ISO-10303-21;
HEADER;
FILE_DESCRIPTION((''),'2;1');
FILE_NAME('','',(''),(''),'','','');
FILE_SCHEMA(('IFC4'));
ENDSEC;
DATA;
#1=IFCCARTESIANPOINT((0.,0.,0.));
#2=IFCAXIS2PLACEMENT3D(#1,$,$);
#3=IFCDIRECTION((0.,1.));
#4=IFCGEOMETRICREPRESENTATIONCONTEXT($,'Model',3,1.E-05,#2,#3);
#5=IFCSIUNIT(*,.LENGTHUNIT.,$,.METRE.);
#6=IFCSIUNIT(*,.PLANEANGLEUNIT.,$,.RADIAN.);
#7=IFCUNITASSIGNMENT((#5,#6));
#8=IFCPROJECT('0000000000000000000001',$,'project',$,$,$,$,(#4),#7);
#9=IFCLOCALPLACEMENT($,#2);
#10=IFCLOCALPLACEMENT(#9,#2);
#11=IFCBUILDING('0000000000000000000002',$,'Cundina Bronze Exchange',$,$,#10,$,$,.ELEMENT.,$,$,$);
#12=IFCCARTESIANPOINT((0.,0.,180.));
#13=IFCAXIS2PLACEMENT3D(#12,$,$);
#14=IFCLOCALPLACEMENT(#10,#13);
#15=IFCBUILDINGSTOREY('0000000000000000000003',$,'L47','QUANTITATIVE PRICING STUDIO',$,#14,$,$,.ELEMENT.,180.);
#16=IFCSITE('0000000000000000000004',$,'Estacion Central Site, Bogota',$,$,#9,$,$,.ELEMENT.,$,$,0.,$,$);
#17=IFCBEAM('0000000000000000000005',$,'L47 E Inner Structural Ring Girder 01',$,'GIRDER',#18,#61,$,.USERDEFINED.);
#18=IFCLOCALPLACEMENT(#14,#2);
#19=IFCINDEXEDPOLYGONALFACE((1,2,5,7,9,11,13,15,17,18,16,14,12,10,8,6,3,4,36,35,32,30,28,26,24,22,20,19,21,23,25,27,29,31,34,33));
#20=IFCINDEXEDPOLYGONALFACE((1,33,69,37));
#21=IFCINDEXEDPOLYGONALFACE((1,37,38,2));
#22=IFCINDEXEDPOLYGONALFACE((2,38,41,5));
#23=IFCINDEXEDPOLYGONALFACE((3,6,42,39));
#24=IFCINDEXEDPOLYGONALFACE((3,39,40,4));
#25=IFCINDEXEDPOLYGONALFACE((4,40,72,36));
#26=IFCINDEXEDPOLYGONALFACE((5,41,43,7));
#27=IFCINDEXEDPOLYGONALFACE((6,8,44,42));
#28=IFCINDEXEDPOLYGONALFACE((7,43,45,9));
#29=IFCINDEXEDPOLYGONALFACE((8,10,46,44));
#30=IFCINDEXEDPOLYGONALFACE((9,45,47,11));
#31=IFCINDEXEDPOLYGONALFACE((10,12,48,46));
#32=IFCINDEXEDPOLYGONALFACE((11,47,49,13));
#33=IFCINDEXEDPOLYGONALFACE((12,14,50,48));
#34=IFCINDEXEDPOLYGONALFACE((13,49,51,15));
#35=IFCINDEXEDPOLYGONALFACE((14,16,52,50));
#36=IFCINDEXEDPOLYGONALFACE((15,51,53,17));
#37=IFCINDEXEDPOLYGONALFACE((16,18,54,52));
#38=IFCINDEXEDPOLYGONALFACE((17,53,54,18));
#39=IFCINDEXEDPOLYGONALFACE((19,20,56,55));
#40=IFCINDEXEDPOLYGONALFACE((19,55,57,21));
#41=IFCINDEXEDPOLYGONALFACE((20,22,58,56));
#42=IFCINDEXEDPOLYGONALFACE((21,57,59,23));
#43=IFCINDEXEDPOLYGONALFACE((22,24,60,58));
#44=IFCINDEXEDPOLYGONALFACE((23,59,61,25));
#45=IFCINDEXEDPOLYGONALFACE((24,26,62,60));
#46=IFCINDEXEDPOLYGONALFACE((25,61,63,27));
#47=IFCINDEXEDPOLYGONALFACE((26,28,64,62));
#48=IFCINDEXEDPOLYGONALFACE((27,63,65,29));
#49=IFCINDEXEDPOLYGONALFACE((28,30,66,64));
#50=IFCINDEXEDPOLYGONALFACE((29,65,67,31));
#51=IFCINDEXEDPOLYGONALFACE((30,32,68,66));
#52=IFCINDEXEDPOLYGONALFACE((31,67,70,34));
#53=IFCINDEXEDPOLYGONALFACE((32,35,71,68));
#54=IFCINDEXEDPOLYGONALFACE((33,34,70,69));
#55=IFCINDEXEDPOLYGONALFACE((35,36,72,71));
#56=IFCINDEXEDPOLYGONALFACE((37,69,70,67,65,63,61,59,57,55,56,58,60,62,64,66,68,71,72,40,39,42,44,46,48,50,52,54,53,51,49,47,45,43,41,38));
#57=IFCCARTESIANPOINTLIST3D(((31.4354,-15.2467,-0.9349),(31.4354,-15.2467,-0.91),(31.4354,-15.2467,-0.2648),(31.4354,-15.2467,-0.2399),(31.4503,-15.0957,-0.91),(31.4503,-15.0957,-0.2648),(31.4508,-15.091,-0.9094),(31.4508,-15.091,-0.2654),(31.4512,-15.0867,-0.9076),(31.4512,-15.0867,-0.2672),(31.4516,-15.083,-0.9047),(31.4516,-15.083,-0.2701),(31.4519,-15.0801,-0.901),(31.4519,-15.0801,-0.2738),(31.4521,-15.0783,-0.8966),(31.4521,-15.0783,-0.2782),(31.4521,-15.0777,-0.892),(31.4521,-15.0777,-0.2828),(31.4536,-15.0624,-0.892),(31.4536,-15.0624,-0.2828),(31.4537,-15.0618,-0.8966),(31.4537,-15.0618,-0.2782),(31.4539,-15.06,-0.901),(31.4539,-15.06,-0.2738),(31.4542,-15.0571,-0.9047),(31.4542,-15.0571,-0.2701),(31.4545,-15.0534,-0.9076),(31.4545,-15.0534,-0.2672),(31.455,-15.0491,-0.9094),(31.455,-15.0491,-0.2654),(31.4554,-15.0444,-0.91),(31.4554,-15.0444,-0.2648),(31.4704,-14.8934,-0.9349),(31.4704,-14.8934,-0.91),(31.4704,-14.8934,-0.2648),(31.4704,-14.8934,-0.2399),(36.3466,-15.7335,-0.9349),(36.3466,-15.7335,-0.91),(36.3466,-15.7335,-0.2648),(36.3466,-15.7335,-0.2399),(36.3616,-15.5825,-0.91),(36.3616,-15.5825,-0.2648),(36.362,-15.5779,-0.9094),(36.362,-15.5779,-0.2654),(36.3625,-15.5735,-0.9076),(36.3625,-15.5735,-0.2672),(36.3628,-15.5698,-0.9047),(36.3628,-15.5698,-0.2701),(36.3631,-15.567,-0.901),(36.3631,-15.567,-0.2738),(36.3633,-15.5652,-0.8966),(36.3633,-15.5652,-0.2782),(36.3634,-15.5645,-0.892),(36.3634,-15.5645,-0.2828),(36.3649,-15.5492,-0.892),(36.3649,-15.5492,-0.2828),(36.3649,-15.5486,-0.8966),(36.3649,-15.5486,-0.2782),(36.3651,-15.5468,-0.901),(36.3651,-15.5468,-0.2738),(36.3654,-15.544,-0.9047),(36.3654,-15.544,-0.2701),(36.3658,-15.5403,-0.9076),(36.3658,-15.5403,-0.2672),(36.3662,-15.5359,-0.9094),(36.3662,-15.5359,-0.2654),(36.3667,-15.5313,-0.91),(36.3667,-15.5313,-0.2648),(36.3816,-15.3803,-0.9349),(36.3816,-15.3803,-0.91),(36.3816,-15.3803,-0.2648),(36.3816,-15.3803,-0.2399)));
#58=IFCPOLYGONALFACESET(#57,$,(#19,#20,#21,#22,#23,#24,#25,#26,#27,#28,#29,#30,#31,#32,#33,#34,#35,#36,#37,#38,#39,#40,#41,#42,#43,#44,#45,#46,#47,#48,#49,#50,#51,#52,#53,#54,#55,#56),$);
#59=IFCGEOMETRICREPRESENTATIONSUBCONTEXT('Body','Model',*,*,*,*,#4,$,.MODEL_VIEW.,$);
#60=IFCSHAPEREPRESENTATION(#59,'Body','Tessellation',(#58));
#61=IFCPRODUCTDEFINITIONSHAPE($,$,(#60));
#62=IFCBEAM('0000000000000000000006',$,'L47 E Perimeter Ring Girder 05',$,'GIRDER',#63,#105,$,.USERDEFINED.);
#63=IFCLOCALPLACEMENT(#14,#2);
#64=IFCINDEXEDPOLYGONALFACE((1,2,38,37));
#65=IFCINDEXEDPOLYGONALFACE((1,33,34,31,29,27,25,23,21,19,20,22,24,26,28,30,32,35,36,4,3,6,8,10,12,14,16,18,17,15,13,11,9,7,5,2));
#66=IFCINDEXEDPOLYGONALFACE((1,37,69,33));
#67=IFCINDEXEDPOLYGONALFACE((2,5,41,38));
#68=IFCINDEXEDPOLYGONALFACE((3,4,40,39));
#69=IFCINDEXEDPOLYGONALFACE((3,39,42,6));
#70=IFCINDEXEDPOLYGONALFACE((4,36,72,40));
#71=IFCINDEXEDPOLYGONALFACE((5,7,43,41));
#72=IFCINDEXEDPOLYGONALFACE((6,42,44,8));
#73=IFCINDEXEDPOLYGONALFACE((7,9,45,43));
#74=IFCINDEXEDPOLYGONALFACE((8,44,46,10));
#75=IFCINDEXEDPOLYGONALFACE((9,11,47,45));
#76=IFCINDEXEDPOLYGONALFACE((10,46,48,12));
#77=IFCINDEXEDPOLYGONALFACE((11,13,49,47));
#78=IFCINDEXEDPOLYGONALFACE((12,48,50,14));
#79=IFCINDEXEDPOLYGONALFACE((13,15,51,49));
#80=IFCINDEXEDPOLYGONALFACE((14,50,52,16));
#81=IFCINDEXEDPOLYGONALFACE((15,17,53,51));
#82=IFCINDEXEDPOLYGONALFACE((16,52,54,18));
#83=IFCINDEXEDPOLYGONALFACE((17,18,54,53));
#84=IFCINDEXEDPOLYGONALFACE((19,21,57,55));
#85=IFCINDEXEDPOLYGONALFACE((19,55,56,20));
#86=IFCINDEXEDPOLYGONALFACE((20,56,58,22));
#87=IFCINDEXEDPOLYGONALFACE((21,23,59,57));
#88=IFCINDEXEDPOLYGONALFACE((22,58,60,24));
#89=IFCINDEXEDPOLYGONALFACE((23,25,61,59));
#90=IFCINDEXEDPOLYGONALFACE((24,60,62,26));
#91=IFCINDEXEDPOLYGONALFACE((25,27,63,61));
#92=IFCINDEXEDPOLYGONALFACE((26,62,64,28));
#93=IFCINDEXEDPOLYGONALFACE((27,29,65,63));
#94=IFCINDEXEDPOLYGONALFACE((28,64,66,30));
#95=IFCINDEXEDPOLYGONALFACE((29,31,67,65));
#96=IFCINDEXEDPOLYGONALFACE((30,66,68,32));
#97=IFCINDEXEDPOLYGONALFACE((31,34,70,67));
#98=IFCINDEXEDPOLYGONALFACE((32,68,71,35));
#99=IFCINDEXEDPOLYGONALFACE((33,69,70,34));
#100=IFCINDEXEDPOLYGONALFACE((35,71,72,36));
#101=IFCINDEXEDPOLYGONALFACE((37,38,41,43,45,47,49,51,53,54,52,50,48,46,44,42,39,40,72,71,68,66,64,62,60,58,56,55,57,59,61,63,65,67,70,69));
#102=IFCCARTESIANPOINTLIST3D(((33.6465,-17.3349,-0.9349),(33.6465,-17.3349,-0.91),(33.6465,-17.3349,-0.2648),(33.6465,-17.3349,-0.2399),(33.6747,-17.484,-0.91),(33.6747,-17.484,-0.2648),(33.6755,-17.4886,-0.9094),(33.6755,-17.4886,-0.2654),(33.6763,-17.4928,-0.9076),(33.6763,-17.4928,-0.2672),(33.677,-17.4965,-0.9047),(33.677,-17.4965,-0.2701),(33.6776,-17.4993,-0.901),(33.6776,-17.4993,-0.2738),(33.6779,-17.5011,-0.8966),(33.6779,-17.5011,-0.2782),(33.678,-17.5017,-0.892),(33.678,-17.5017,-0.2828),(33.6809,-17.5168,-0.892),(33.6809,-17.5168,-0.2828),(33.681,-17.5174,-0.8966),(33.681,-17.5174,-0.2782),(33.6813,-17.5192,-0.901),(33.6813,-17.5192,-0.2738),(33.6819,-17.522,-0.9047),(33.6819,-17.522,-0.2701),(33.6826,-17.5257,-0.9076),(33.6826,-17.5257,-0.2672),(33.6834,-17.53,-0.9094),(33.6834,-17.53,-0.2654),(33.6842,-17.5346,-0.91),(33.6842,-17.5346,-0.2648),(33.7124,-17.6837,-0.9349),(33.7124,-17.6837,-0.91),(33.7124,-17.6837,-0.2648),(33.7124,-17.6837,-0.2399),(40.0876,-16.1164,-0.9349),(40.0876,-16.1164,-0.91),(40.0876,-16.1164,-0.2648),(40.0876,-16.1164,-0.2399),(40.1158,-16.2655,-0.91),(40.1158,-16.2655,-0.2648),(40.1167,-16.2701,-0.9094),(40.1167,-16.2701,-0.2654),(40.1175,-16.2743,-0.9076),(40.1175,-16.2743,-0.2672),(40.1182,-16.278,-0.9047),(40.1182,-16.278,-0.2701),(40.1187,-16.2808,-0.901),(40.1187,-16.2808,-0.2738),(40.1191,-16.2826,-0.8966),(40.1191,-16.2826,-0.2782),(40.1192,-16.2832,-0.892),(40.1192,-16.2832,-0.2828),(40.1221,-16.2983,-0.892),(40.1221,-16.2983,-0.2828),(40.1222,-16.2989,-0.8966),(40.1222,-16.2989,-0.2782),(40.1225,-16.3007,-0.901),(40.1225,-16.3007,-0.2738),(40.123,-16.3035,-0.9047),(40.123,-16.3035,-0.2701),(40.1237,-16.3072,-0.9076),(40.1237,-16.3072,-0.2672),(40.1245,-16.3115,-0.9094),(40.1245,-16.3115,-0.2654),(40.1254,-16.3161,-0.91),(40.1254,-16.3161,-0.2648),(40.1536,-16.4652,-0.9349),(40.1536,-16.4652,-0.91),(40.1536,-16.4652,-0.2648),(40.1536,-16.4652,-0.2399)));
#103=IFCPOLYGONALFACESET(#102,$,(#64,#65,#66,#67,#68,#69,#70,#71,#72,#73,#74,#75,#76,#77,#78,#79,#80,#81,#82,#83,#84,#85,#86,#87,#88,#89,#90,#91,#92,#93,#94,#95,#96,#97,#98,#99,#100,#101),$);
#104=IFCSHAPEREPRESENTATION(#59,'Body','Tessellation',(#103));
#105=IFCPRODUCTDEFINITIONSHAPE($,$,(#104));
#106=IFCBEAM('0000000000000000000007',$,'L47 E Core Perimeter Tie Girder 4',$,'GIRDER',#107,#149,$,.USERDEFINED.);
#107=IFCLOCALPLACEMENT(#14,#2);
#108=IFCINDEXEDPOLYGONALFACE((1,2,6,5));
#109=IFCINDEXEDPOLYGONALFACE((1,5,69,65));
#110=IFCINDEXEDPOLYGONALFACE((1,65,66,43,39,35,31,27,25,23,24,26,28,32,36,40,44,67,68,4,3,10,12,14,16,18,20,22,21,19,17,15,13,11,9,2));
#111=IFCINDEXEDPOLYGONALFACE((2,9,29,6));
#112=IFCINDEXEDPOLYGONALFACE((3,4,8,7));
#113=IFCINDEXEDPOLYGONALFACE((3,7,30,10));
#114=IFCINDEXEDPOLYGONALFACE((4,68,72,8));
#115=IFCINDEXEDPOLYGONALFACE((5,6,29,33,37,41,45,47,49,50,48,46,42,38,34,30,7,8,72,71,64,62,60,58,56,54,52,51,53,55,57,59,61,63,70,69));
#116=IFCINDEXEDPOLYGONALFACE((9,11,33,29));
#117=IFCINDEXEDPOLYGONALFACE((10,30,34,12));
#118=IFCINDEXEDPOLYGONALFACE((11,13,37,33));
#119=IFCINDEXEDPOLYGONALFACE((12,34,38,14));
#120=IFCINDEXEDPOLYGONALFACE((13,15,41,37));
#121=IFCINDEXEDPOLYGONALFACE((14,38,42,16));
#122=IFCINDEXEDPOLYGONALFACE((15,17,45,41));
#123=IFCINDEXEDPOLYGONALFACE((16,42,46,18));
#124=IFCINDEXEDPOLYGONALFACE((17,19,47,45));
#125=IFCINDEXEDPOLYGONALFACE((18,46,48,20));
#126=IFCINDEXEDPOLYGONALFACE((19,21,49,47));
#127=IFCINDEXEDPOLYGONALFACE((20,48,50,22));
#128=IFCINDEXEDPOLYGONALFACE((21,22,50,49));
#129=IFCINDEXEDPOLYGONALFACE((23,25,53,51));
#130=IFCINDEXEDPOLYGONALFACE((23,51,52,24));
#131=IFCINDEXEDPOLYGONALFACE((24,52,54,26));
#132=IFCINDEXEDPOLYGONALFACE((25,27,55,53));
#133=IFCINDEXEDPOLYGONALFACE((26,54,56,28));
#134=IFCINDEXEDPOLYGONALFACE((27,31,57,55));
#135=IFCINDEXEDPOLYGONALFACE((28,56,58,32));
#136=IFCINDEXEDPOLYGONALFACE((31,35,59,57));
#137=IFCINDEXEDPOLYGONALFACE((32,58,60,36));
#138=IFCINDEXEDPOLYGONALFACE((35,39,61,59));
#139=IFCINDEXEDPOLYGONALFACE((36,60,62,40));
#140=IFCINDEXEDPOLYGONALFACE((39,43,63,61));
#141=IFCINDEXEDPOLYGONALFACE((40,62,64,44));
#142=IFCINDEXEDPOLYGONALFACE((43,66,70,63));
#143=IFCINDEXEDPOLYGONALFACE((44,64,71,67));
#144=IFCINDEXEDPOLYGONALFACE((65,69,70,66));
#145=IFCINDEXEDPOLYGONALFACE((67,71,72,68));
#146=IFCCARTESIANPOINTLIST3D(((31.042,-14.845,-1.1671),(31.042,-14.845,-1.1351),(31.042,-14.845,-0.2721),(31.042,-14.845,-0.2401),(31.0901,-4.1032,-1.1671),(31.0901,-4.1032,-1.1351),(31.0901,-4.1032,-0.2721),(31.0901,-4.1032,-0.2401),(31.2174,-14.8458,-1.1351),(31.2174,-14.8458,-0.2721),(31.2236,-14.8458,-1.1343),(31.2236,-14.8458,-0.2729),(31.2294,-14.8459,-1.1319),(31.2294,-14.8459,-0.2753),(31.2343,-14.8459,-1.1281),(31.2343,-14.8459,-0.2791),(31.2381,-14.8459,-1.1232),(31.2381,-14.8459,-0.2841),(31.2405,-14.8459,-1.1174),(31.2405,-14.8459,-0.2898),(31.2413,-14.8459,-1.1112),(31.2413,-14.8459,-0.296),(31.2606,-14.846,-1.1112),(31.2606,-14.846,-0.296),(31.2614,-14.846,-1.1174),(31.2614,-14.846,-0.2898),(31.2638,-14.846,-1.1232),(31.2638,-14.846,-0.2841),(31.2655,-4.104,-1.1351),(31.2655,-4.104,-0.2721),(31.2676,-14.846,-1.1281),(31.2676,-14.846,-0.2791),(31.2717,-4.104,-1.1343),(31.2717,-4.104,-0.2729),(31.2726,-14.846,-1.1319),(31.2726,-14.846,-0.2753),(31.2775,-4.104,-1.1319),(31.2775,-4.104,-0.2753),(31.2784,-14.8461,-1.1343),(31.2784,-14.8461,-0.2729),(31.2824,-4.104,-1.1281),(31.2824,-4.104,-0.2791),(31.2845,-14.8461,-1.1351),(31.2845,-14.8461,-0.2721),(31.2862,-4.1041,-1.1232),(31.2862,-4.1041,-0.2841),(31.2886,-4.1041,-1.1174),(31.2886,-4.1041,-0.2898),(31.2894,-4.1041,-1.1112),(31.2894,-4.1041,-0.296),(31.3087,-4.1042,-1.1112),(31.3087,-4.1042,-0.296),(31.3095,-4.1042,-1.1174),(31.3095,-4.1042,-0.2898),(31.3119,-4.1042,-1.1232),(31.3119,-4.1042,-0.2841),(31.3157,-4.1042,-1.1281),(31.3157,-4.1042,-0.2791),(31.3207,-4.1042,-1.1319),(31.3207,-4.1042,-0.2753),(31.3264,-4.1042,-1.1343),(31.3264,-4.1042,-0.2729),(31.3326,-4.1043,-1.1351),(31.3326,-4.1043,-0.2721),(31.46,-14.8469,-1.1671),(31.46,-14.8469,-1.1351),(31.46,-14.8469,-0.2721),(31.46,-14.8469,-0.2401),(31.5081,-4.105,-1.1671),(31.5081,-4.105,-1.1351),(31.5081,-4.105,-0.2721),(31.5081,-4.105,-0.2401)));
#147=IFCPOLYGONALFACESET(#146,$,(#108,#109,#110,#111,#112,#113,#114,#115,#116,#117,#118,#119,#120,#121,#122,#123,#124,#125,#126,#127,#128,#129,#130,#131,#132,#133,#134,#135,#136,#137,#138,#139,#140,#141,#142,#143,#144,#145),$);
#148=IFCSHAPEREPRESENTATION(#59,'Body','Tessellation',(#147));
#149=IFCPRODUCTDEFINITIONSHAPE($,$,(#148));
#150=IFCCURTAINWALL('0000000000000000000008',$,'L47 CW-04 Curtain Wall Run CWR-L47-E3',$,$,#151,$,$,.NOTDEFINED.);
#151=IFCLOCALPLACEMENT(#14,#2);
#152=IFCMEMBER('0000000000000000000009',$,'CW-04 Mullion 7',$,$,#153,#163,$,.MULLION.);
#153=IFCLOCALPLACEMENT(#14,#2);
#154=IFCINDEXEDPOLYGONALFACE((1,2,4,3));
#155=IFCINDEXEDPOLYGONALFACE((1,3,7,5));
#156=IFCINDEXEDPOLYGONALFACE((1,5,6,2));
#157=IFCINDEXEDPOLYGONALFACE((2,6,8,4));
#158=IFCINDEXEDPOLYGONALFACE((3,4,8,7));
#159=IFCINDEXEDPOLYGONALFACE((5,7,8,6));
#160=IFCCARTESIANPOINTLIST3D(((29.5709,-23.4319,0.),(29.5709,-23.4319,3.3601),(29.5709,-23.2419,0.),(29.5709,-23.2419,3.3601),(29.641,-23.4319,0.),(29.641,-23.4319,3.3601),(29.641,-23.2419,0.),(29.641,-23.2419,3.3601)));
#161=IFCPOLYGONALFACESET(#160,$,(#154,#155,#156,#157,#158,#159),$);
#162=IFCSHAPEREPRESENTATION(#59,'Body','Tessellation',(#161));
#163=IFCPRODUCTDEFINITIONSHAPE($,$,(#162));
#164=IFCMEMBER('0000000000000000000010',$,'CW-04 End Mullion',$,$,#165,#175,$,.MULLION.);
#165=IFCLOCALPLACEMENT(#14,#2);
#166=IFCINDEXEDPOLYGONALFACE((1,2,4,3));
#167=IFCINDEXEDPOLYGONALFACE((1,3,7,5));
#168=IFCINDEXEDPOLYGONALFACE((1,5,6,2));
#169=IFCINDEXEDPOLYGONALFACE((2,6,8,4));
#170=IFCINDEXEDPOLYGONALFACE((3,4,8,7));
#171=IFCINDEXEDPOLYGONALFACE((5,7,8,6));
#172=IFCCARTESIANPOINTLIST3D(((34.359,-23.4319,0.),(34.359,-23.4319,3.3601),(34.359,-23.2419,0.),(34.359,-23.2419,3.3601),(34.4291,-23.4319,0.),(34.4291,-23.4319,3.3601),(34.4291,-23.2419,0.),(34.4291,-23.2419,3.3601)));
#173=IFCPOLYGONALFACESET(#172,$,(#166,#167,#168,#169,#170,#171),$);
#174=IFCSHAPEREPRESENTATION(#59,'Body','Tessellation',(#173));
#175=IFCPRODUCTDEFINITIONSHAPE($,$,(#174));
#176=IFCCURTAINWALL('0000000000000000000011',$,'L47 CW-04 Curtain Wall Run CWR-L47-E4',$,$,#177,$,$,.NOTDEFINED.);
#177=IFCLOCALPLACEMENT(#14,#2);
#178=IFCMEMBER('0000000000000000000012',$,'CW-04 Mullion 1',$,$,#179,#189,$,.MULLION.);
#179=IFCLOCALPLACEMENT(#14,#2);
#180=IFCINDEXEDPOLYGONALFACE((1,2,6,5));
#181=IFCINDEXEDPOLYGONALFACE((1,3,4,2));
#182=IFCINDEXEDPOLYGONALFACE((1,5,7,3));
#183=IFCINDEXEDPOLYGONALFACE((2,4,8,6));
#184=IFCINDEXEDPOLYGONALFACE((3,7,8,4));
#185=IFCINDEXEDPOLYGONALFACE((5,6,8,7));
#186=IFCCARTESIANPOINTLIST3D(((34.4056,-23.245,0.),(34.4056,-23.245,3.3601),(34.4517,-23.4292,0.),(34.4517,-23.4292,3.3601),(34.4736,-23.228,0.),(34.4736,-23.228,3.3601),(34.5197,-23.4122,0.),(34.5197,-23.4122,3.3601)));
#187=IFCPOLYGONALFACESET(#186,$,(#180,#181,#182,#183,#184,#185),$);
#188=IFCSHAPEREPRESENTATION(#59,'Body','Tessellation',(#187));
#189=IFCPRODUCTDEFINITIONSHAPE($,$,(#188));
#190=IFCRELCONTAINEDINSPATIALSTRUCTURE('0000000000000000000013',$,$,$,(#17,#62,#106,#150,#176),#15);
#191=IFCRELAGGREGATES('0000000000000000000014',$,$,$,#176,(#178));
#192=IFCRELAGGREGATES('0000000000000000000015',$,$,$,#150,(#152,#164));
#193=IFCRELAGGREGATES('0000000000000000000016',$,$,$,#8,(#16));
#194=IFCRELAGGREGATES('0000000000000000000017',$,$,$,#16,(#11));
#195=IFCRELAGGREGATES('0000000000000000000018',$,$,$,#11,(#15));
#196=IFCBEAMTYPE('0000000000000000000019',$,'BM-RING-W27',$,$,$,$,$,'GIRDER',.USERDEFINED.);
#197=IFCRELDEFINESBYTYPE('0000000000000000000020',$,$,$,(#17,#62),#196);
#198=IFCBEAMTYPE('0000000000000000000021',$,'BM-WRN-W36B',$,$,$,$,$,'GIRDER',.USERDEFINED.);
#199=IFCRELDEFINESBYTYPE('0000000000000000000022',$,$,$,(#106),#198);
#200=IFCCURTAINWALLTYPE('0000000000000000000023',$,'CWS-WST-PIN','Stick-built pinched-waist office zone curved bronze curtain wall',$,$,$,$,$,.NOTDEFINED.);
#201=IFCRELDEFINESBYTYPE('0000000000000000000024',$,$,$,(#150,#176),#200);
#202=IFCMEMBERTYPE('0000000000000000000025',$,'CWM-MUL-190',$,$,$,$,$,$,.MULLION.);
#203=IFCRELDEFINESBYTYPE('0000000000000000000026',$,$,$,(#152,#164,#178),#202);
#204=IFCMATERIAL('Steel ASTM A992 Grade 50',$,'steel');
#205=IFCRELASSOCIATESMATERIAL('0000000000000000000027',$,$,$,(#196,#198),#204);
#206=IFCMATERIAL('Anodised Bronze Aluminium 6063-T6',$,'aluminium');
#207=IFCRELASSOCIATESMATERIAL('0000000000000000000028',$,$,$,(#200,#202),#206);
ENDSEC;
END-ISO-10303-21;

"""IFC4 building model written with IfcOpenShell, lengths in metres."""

from ifc_helpers import new_model, si_unit, direction, frame, origin, origin_2d, place, context, subcontext, project, spatial, rectangle, i_section, extrude, material, material_profile, profile_set, type_object, element, aggregate, save


model = new_model("IFC4")

# Units and contexts
model_context = context("Model", 3, precision=1e-05, world=origin(), true_north=direction((0.0, 1.0)))
body_context = subcontext(model_context, "Body", "Model", "MODEL_VIEW")
ifc_project = project(units=[si_unit("LENGTHUNIT", "METRE"), si_unit("PLANEANGLEUNIT", "RADIAN")], contexts=[model_context])

# Site, building, storey
site_placement = place(None, origin())
site = spatial("IfcSite", under=ifc_project, at=site_placement, Name="Estacion Central Site, Bogota", CompositionType="ELEMENT", RefElevation=0.0)
building_placement = place(site_placement, origin())
building = spatial("IfcBuilding", under=site, at=building_placement, Name="Cundina Bronze Exchange", CompositionType="ELEMENT")
storey_placement = place(building_placement, frame((0.0, 0.0, 180.0)))
storey = spatial("IfcBuildingStorey", under=building, at=storey_placement, Name="L47", Description="QUANTITATIVE PRICING STUDIO", CompositionType="ELEMENT", Elevation=180.0)

# Shared definitions
ifc_material_1 = material(Name="Steel ASTM A992 Grade 50", Category="steel")

# Beams
ifc_material_profile_1 = material_profile(ifc_material_1, i_section(OverallWidth=0.355, OverallDepth=0.6951, WebThickness=0.0154, FlangeThickness=0.0249, FilletRadius=0.0181, at=origin_2d()), Name="W27X146", Category="steel")
ifc_profile_set_1 = profile_set([ifc_material_profile_1], Name="Steel ASTM A992 Grade 50")
beam_type_1 = type_object("IfcBeamType", Name="BM-RING-W27", ElementType="GIRDER", PredefinedType="USERDEFINED", material=ifc_profile_set_1)
beam_1_placement = place(storey_placement, frame((31.4529, -15.0701, -0.5874), z_axis=(0.995123, -0.098642, 0.0), x_axis=(0.098642, 0.995123, 0.0)))
element("IfcBeam", 1, at=beam_1_placement, inside=storey, type_object=beam_type_1, Name="L47 E Inner Structural Ring Girder 01", ObjectType="GIRDER", PredefinedType="USERDEFINED", context=body_context, shape_type="SweptSolid", body=[
    extrude(i_section(OverallWidth=0.355, OverallDepth=0.6951, WebThickness=0.0154, FlangeThickness=0.0249, FilletRadius=0.0181, at=origin_2d()), origin(), (0.0, 0.0, 1.0), 4.9353),
])
beam_2_placement = place(storey_placement, frame((33.6794, -17.5093, -0.5874), z_axis=(0.982573, 0.185878, 0.0), x_axis=(-0.185878, 0.982573, 0.0)))
element("IfcBeam", 2, at=beam_2_placement, inside=storey, type_object=beam_type_1, Name="L47 E Perimeter Ring Girder 05", ObjectType="GIRDER", PredefinedType="USERDEFINED", context=body_context, shape_type="SweptSolid", body=[
    extrude(i_section(OverallWidth=0.355, OverallDepth=0.6951, WebThickness=0.0154, FlangeThickness=0.0249, FilletRadius=0.0181, at=origin_2d()), origin(), (0.0, 0.0, 1.0), 6.5554),
])
ifc_material_profile_2 = material_profile(ifc_material_1, i_section(OverallWidth=0.418, OverallDepth=0.927, WebThickness=0.0193, FlangeThickness=0.032, FilletRadius=0.0239, at=origin_2d()), Name="W36X231", Category="steel")
ifc_profile_set_2 = profile_set([ifc_material_profile_2], Name="Steel ASTM A992 Grade 50")
beam_type_2 = type_object("IfcBeamType", Name="BM-WRN-W36B", ElementType="GIRDER", PredefinedType="USERDEFINED", material=ifc_profile_set_2)
beam_3_placement = place(storey_placement, frame((31.251, -14.8459, -0.7036), z_axis=(0.004477, 0.99999, 0.0), x_axis=(-0.99999, 0.004477, 0.0)))
element("IfcBeam", 3, at=beam_3_placement, inside=storey, type_object=beam_type_2, Name="L47 E Core Perimeter Tie Girder 4", ObjectType="GIRDER", PredefinedType="USERDEFINED", context=body_context, shape_type="SweptSolid", body=[
    extrude(i_section(OverallWidth=0.418, OverallDepth=0.927, WebThickness=0.0193, FlangeThickness=0.032, FilletRadius=0.0239, at=origin_2d()), origin(), (0.0, 0.0, 1.0), 10.7419),
])

# Curtain wall, members
ifc_material_2 = material(Name="Anodised Bronze Aluminium 6063-T6", Category="aluminium")
curtain_wall_type = type_object("IfcCurtainWallType", Name="CWS-WST-PIN", Description="Stick-built pinched-waist office zone curved bronze curtain wall", PredefinedType="NOTDEFINED", material=ifc_material_2)
curtain_wall_1_placement = place(storey_placement, origin())
curtain_wall_1 = element("IfcCurtainWall", 4, at=curtain_wall_1_placement, inside=storey, type_object=curtain_wall_type, Name="L47 CW-04 Curtain Wall Run CWR-L47-E3", PredefinedType="NOTDEFINED")
ifc_material_profile_3 = material_profile(ifc_material_2, rectangle(XDim=0.0701, YDim=0.1899, at=origin_2d()), Name="AL70X190", Category="aluminium")
ifc_profile_set_3 = profile_set([ifc_material_profile_3], Name="Anodised Bronze Aluminium 6063-T6")
member_type_1 = type_object("IfcMemberType", Name="CWM-MUL-190", PredefinedType="MULLION", material=ifc_profile_set_3)
member_1_placement = place(storey_placement, frame((29.606, -23.3369, 0.0), z_axis=(0.0, 0.0, 1.0), x_axis=(1.0, 0.0, 0.0)))
member_1 = element("IfcMember", 5, at=member_1_placement, type_object=member_type_1, Name="CW-04 Mullion 7", PredefinedType="MULLION", context=body_context, shape_type="SweptSolid", body=[
    extrude(rectangle(XDim=0.0701, YDim=0.1899, at=origin_2d()), origin(), (0.0, 0.0, 1.0), 3.3601),
])
member_2_placement = place(storey_placement, frame((34.394, -23.3369, 0.0), z_axis=(0.0, 0.0, 1.0), x_axis=(1.0, 0.0, 0.0)))
member_2 = element("IfcMember", 6, at=member_2_placement, type_object=member_type_1, Name="CW-04 End Mullion", PredefinedType="MULLION", context=body_context, shape_type="SweptSolid", body=[
    extrude(rectangle(XDim=0.0701, YDim=0.1899, at=origin_2d()), origin(), (0.0, 0.0, 1.0), 3.3601),
])

# Curtain wall, member
curtain_wall_2_placement = place(storey_placement, origin())
curtain_wall_2 = element("IfcCurtainWall", 7, at=curtain_wall_2_placement, inside=storey, type_object=curtain_wall_type, Name="L47 CW-04 Curtain Wall Run CWR-L47-E4", PredefinedType="NOTDEFINED")
member_3_placement = place(storey_placement, frame((34.4626, -23.3286, 0.0), z_axis=(0.0, 0.0, 1.0), x_axis=(0.970084, 0.242769, 0.0)))
member_3 = element("IfcMember", 8, at=member_3_placement, type_object=member_type_1, Name="CW-04 Mullion 1", PredefinedType="MULLION", context=body_context, shape_type="SweptSolid", body=[
    extrude(rectangle(XDim=0.0701, YDim=0.1899, at=origin_2d()), origin(), (0.0, 0.0, 1.0), 3.3601),
])
aggregate(curtain_wall_2, [member_3])

aggregate(curtain_wall_1, [member_1, member_2])

save(model, "model.ifc")
